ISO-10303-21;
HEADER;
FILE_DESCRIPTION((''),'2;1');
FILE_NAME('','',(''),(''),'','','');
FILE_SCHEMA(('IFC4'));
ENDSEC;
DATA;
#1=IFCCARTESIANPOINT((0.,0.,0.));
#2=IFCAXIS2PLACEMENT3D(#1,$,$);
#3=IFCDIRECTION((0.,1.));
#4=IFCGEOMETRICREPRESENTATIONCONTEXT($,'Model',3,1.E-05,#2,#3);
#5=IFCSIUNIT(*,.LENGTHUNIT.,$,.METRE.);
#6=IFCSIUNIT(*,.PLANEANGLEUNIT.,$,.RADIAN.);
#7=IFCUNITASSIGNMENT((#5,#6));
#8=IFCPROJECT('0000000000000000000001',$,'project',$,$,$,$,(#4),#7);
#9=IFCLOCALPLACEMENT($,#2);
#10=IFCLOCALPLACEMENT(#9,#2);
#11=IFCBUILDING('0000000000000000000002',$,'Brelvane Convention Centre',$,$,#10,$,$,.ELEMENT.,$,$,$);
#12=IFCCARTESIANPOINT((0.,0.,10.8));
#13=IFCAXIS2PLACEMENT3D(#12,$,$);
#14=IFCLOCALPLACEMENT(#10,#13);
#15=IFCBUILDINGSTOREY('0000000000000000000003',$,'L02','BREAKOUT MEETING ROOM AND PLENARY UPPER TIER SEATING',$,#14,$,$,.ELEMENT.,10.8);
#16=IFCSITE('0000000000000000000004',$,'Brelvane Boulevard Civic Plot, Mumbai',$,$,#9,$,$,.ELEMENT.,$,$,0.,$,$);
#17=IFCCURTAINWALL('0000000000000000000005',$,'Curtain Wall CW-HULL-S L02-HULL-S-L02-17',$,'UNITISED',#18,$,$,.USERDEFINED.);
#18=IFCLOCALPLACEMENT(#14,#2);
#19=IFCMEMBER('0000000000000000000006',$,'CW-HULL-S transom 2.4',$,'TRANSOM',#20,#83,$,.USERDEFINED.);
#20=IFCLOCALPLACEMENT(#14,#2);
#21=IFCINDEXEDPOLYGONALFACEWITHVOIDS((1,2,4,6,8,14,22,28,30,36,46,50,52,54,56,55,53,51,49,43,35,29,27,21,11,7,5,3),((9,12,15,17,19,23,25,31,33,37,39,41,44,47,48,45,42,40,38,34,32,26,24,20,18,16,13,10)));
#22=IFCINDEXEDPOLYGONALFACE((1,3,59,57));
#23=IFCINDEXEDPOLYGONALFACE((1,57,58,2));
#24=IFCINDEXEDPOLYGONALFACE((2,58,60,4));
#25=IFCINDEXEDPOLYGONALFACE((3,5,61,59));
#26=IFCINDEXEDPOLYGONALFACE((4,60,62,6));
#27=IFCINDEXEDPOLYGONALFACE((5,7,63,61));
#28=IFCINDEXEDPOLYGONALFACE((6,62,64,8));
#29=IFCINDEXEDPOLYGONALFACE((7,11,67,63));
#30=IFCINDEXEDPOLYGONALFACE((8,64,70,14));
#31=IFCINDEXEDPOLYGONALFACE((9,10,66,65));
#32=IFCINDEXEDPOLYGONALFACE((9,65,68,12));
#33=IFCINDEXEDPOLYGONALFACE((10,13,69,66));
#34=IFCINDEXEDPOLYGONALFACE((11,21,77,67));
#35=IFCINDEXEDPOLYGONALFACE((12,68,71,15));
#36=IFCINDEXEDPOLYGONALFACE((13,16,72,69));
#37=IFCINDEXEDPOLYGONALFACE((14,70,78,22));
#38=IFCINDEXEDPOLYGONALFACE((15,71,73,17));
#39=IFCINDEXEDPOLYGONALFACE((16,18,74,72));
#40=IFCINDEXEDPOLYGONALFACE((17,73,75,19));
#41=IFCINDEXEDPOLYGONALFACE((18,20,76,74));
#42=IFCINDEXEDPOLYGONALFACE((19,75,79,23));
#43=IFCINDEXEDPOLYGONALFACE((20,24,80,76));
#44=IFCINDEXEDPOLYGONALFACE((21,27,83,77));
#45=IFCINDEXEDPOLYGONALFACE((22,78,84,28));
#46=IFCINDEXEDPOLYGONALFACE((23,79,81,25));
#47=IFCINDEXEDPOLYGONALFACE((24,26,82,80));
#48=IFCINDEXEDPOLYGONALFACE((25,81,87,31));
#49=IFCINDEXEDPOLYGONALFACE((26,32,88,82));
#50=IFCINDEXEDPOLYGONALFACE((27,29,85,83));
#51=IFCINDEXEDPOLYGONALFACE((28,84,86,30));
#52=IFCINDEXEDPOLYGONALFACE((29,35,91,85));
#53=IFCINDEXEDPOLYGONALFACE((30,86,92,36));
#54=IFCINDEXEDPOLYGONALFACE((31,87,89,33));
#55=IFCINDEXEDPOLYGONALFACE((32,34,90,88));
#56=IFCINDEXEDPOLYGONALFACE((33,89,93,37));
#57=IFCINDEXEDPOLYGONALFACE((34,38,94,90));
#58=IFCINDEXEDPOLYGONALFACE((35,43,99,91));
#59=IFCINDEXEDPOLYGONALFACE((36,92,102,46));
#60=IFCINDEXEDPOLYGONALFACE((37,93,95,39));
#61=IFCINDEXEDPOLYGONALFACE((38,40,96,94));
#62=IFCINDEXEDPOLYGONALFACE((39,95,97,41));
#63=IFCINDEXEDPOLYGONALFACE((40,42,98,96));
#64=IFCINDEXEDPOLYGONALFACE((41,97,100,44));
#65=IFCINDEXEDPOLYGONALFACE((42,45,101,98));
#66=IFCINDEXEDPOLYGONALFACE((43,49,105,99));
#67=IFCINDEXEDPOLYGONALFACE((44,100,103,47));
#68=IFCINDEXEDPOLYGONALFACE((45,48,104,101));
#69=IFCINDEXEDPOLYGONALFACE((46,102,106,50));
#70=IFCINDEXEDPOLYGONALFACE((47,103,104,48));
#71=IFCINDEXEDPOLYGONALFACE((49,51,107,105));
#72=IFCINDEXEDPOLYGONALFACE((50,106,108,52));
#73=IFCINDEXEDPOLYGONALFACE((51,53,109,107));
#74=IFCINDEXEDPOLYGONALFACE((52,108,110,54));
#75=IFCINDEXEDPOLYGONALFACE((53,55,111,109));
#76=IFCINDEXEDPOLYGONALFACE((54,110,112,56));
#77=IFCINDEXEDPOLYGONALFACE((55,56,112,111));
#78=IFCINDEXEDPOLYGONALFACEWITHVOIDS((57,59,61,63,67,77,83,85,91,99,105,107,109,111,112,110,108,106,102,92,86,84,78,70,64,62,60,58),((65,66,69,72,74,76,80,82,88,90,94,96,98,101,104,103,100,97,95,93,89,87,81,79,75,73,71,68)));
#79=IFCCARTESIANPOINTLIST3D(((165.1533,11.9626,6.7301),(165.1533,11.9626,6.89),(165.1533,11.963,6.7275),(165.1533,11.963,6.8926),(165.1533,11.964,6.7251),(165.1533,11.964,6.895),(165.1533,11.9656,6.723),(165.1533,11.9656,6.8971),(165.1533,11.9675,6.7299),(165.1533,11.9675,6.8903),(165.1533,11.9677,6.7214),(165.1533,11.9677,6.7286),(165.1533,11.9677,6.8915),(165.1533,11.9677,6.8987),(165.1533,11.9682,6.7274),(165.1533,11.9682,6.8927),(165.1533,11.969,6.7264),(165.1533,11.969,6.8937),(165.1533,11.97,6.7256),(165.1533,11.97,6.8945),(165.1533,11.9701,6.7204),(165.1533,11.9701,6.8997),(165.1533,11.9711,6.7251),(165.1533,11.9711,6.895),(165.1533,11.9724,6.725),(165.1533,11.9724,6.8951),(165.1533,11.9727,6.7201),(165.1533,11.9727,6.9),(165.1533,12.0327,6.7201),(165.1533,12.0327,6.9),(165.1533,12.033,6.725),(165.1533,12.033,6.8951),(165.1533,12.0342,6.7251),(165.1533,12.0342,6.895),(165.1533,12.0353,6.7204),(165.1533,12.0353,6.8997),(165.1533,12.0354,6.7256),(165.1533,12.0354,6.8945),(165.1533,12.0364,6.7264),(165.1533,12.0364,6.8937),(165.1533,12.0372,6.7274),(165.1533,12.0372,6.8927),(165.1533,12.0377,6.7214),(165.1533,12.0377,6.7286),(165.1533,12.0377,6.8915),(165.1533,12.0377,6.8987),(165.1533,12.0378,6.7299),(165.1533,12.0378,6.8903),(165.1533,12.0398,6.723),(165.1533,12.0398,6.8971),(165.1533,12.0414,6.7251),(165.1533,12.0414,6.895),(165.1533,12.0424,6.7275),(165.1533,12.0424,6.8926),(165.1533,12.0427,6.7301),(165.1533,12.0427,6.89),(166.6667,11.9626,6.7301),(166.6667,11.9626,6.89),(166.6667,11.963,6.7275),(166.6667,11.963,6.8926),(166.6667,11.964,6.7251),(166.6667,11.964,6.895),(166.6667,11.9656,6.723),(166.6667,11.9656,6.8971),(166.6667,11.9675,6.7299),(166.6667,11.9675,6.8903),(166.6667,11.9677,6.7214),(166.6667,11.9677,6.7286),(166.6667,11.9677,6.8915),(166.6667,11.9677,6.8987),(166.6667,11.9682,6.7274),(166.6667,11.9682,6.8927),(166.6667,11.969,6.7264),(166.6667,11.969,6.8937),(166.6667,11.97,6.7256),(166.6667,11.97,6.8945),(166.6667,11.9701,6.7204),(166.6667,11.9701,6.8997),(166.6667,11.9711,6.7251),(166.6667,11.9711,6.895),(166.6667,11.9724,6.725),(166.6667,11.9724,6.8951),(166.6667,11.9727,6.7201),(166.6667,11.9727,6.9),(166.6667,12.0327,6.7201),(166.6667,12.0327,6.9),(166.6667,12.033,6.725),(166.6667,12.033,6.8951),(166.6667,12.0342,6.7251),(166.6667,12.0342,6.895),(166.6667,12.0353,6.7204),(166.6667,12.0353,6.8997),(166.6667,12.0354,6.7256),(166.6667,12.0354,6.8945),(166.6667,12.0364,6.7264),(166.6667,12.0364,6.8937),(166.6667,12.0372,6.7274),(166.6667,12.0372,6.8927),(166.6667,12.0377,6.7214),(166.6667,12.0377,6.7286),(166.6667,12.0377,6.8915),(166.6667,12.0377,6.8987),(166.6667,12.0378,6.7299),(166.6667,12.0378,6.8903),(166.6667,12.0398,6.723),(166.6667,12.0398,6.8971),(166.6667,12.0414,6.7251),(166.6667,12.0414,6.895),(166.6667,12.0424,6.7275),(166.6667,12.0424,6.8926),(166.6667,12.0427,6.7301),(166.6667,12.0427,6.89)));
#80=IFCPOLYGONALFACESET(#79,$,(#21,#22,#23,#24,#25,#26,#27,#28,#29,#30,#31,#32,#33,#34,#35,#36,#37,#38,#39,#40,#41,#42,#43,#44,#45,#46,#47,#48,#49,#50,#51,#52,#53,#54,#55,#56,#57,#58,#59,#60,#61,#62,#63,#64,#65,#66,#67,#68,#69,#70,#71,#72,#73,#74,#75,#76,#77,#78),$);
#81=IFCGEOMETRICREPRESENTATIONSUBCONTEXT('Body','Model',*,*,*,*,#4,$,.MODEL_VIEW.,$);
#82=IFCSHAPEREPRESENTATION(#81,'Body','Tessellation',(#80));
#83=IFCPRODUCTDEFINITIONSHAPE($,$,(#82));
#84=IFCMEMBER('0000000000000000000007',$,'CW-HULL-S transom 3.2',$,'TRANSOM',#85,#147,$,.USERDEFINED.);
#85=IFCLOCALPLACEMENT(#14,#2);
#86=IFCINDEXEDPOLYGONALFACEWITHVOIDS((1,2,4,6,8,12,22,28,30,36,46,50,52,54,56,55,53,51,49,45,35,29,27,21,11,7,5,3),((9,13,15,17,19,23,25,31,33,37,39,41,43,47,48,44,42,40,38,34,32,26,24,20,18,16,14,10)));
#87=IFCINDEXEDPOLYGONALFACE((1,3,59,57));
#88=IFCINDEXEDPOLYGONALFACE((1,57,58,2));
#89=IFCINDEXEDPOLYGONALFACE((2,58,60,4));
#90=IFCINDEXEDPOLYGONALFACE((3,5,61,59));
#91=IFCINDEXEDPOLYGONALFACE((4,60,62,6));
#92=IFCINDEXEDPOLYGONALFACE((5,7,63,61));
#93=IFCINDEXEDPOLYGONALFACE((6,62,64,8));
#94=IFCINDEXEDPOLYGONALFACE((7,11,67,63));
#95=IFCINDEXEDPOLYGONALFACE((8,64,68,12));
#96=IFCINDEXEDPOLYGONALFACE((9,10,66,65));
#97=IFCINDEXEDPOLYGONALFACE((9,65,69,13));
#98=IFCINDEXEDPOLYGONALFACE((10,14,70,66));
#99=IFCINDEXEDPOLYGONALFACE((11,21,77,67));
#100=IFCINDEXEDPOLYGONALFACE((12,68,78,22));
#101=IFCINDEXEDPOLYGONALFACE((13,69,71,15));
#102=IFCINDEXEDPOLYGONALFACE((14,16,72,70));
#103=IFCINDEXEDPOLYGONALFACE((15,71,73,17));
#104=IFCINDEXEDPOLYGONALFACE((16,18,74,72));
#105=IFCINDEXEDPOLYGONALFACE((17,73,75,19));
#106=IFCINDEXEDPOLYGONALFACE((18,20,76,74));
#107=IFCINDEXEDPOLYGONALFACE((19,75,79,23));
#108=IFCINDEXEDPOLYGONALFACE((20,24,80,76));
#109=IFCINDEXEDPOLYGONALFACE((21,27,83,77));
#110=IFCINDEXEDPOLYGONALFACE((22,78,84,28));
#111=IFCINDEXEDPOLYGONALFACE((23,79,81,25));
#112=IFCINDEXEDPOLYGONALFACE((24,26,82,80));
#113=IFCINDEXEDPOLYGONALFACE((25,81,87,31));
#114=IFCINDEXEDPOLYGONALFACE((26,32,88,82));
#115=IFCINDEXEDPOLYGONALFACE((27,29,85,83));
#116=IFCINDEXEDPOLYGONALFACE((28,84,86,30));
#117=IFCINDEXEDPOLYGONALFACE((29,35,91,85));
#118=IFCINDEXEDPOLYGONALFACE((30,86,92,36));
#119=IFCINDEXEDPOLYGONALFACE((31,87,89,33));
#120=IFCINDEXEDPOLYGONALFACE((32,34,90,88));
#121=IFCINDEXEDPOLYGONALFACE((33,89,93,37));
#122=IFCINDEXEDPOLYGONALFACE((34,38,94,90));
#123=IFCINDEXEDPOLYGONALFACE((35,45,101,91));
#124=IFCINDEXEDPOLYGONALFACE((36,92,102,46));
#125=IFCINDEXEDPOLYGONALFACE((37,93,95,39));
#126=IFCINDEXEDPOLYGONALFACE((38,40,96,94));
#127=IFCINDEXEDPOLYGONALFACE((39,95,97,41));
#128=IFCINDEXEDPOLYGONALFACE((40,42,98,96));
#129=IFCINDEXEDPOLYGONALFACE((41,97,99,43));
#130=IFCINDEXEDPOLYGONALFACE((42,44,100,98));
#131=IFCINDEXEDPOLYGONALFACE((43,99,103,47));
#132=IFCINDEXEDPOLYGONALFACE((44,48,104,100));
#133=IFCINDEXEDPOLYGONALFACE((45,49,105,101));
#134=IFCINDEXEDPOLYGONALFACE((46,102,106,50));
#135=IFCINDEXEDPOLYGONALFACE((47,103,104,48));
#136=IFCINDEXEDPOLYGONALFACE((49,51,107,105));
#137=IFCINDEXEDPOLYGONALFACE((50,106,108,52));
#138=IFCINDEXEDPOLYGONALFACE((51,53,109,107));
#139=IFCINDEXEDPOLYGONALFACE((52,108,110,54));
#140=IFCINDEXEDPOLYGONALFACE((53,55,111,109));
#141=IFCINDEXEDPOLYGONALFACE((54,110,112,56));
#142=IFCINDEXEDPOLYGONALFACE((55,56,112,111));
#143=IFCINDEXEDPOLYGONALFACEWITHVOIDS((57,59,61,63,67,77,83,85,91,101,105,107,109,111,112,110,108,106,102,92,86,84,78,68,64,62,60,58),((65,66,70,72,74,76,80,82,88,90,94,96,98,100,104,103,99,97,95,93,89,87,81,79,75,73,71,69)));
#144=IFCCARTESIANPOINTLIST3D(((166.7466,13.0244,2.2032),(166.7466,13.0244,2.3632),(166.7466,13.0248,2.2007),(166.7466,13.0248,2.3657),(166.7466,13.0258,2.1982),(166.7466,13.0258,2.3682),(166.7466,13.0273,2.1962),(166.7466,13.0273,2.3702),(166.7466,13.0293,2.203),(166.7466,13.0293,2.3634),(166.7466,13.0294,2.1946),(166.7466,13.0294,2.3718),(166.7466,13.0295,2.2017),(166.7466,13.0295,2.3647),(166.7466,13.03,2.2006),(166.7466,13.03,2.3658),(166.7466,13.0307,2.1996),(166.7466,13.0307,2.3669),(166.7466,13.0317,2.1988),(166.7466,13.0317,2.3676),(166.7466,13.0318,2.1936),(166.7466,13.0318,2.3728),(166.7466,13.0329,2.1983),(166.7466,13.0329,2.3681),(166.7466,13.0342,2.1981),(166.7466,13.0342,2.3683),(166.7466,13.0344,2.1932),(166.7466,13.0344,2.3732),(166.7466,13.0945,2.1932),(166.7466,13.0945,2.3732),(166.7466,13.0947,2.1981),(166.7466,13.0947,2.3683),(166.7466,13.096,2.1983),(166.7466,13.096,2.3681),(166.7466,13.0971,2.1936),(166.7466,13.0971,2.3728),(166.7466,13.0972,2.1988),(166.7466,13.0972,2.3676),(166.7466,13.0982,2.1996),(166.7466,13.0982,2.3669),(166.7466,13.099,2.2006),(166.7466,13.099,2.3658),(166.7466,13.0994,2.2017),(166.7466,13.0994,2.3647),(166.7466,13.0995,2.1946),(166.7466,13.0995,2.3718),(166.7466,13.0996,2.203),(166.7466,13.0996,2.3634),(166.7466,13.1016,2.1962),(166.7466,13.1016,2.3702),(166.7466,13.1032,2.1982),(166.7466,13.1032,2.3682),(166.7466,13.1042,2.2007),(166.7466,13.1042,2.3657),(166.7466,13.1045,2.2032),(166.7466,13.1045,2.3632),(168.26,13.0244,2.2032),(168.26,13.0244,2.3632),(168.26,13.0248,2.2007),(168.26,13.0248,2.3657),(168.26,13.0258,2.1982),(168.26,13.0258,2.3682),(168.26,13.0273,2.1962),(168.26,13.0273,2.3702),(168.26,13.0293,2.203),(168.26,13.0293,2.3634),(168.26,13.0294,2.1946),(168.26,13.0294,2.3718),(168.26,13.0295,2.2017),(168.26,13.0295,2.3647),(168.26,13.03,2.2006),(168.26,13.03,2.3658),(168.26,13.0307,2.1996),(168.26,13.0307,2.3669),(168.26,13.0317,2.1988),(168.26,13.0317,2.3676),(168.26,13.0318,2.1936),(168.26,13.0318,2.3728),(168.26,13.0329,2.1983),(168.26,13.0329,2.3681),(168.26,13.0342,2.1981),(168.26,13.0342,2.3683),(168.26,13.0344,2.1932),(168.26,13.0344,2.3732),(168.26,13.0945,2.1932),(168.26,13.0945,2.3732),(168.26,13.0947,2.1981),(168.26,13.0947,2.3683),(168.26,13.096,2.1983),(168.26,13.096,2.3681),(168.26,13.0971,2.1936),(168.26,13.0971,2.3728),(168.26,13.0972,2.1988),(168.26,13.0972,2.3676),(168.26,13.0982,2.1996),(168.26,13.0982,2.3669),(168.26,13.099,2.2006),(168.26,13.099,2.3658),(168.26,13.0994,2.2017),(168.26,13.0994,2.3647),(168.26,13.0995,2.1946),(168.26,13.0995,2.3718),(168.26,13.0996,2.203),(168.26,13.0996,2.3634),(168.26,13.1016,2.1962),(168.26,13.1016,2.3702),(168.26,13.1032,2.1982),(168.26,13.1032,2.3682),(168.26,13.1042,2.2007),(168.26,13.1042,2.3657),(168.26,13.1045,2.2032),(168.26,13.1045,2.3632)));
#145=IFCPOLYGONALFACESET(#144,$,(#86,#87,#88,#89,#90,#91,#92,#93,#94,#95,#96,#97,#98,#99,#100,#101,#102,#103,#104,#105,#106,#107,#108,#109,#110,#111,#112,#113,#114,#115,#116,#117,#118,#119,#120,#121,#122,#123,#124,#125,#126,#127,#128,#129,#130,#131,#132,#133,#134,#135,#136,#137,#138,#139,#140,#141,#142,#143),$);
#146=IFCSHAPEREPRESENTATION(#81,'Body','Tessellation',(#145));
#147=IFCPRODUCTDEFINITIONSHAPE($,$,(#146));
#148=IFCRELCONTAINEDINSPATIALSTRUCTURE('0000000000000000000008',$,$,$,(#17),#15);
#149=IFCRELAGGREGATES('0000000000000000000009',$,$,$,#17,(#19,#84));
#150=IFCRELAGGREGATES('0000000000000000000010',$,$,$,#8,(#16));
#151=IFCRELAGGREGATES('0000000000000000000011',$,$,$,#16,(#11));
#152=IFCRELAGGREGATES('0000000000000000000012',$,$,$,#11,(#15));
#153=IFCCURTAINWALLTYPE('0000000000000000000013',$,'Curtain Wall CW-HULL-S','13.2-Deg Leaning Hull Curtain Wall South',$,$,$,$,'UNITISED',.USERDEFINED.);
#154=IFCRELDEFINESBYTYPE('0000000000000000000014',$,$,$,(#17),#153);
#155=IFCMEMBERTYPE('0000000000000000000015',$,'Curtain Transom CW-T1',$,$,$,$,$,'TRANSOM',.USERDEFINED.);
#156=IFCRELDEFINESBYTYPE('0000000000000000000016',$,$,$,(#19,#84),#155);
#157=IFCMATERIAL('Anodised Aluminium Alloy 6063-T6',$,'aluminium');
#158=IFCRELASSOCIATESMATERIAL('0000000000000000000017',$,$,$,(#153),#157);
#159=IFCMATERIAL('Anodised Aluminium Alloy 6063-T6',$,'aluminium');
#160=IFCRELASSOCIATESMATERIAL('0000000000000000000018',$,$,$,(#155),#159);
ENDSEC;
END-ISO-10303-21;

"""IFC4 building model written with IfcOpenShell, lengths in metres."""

from ifc_helpers import new_model, si_unit, direction, frame, origin, origin_2d, place, context, subcontext, project, spatial, hollow_rectangle, extrude, material, material_profile, profile_set, type_object, element, aggregate, save


model = new_model("IFC4")

# Units and contexts
model_context = context("Model", 3, precision=1e-05, world=origin(), true_north=direction((0.0, 1.0)))
body_context = subcontext(model_context, "Body", "Model", "MODEL_VIEW")
ifc_project = project(units=[si_unit("LENGTHUNIT", "METRE"), si_unit("PLANEANGLEUNIT", "RADIAN")], contexts=[model_context])

# Site, building, storey
site_placement = place(None, origin())
site = spatial("IfcSite", under=ifc_project, at=site_placement, Name="Brelvane Boulevard Civic Plot, Mumbai", CompositionType="ELEMENT", RefElevation=0.0)
building_placement = place(site_placement, origin())
building = spatial("IfcBuilding", under=site, at=building_placement, Name="Brelvane Convention Centre", CompositionType="ELEMENT")
storey_placement = place(building_placement, frame((0.0, 0.0, 10.8)))
storey = spatial("IfcBuildingStorey", under=building, at=storey_placement, Name="L02", Description="BREAKOUT MEETING ROOM AND PLENARY UPPER TIER SEATING", CompositionType="ELEMENT", Elevation=10.8)

# Curtain wall, members
ifc_material_1 = material(Name="Anodised Aluminium Alloy 6063-T6", Category="aluminium")
curtain_wall_type = type_object("IfcCurtainWallType", Name="Curtain Wall CW-HULL-S", Description="13.2-Deg Leaning Hull Curtain Wall South", ElementType="UNITISED", PredefinedType="USERDEFINED", material=ifc_material_1)
ifc_material_2 = material(Name="Anodised Aluminium Alloy 6063-T6", Category="aluminium")
ifc_material_profile_1 = material_profile(ifc_material_2, hollow_rectangle(XDim=0.0801, YDim=0.1799, WallThickness=0.0049, InnerFilletRadius=0.0049, OuterFilletRadius=0.01, at=origin_2d()), Name="ALU-T 180x80x5.0")
ifc_profile_set_1 = profile_set([ifc_material_profile_1], Name="Anodised Aluminium Alloy 6063-T6")
member_type_1 = type_object("IfcMemberType", Name="Curtain Transom CW-T1", ElementType="TRANSOM", PredefinedType="USERDEFINED", material=ifc_profile_set_1)
curtain_wall_1_placement = place(storey_placement, origin())
curtain_wall_1 = element("IfcCurtainWall", 1, at=curtain_wall_1_placement, inside=storey, type_object=curtain_wall_type, Name="Curtain Wall CW-HULL-S L02-HULL-S-L02-17", ObjectType="UNITISED", PredefinedType="USERDEFINED")
member_1_placement = place(storey_placement, frame((165.1533, 12.0027, 6.8101), z_axis=(1.0, 0.0, 0.0), x_axis=(0.0, 1.0, 0.0)))
member_1 = element("IfcMember", 2, at=member_1_placement, type_object=member_type_1, Name="CW-HULL-S transom 2.4", ObjectType="TRANSOM", PredefinedType="USERDEFINED", context=body_context, shape_type="SweptSolid", body=[
    extrude(hollow_rectangle(XDim=0.0801, YDim=0.1799, WallThickness=0.0049, InnerFilletRadius=0.0049, OuterFilletRadius=0.01, at=origin_2d()), origin(), (0.0, 0.0, 1.0), 1.5134),
])
member_2_placement = place(storey_placement, frame((166.7466, 13.0645, 2.2832), z_axis=(1.0, 0.0, 0.0), x_axis=(0.0, 1.0, 0.0)))
member_2 = element("IfcMember", 3, at=member_2_placement, type_object=member_type_1, Name="CW-HULL-S transom 3.2", ObjectType="TRANSOM", PredefinedType="USERDEFINED", context=body_context, shape_type="SweptSolid", body=[
    extrude(hollow_rectangle(XDim=0.0801, YDim=0.1799, WallThickness=0.0049, InnerFilletRadius=0.0049, OuterFilletRadius=0.01, at=origin_2d()), origin(), (0.0, 0.0, 1.0), 1.5134),
])

aggregate(curtain_wall_1, [member_1, member_2])

save(model, "model.ifc")
